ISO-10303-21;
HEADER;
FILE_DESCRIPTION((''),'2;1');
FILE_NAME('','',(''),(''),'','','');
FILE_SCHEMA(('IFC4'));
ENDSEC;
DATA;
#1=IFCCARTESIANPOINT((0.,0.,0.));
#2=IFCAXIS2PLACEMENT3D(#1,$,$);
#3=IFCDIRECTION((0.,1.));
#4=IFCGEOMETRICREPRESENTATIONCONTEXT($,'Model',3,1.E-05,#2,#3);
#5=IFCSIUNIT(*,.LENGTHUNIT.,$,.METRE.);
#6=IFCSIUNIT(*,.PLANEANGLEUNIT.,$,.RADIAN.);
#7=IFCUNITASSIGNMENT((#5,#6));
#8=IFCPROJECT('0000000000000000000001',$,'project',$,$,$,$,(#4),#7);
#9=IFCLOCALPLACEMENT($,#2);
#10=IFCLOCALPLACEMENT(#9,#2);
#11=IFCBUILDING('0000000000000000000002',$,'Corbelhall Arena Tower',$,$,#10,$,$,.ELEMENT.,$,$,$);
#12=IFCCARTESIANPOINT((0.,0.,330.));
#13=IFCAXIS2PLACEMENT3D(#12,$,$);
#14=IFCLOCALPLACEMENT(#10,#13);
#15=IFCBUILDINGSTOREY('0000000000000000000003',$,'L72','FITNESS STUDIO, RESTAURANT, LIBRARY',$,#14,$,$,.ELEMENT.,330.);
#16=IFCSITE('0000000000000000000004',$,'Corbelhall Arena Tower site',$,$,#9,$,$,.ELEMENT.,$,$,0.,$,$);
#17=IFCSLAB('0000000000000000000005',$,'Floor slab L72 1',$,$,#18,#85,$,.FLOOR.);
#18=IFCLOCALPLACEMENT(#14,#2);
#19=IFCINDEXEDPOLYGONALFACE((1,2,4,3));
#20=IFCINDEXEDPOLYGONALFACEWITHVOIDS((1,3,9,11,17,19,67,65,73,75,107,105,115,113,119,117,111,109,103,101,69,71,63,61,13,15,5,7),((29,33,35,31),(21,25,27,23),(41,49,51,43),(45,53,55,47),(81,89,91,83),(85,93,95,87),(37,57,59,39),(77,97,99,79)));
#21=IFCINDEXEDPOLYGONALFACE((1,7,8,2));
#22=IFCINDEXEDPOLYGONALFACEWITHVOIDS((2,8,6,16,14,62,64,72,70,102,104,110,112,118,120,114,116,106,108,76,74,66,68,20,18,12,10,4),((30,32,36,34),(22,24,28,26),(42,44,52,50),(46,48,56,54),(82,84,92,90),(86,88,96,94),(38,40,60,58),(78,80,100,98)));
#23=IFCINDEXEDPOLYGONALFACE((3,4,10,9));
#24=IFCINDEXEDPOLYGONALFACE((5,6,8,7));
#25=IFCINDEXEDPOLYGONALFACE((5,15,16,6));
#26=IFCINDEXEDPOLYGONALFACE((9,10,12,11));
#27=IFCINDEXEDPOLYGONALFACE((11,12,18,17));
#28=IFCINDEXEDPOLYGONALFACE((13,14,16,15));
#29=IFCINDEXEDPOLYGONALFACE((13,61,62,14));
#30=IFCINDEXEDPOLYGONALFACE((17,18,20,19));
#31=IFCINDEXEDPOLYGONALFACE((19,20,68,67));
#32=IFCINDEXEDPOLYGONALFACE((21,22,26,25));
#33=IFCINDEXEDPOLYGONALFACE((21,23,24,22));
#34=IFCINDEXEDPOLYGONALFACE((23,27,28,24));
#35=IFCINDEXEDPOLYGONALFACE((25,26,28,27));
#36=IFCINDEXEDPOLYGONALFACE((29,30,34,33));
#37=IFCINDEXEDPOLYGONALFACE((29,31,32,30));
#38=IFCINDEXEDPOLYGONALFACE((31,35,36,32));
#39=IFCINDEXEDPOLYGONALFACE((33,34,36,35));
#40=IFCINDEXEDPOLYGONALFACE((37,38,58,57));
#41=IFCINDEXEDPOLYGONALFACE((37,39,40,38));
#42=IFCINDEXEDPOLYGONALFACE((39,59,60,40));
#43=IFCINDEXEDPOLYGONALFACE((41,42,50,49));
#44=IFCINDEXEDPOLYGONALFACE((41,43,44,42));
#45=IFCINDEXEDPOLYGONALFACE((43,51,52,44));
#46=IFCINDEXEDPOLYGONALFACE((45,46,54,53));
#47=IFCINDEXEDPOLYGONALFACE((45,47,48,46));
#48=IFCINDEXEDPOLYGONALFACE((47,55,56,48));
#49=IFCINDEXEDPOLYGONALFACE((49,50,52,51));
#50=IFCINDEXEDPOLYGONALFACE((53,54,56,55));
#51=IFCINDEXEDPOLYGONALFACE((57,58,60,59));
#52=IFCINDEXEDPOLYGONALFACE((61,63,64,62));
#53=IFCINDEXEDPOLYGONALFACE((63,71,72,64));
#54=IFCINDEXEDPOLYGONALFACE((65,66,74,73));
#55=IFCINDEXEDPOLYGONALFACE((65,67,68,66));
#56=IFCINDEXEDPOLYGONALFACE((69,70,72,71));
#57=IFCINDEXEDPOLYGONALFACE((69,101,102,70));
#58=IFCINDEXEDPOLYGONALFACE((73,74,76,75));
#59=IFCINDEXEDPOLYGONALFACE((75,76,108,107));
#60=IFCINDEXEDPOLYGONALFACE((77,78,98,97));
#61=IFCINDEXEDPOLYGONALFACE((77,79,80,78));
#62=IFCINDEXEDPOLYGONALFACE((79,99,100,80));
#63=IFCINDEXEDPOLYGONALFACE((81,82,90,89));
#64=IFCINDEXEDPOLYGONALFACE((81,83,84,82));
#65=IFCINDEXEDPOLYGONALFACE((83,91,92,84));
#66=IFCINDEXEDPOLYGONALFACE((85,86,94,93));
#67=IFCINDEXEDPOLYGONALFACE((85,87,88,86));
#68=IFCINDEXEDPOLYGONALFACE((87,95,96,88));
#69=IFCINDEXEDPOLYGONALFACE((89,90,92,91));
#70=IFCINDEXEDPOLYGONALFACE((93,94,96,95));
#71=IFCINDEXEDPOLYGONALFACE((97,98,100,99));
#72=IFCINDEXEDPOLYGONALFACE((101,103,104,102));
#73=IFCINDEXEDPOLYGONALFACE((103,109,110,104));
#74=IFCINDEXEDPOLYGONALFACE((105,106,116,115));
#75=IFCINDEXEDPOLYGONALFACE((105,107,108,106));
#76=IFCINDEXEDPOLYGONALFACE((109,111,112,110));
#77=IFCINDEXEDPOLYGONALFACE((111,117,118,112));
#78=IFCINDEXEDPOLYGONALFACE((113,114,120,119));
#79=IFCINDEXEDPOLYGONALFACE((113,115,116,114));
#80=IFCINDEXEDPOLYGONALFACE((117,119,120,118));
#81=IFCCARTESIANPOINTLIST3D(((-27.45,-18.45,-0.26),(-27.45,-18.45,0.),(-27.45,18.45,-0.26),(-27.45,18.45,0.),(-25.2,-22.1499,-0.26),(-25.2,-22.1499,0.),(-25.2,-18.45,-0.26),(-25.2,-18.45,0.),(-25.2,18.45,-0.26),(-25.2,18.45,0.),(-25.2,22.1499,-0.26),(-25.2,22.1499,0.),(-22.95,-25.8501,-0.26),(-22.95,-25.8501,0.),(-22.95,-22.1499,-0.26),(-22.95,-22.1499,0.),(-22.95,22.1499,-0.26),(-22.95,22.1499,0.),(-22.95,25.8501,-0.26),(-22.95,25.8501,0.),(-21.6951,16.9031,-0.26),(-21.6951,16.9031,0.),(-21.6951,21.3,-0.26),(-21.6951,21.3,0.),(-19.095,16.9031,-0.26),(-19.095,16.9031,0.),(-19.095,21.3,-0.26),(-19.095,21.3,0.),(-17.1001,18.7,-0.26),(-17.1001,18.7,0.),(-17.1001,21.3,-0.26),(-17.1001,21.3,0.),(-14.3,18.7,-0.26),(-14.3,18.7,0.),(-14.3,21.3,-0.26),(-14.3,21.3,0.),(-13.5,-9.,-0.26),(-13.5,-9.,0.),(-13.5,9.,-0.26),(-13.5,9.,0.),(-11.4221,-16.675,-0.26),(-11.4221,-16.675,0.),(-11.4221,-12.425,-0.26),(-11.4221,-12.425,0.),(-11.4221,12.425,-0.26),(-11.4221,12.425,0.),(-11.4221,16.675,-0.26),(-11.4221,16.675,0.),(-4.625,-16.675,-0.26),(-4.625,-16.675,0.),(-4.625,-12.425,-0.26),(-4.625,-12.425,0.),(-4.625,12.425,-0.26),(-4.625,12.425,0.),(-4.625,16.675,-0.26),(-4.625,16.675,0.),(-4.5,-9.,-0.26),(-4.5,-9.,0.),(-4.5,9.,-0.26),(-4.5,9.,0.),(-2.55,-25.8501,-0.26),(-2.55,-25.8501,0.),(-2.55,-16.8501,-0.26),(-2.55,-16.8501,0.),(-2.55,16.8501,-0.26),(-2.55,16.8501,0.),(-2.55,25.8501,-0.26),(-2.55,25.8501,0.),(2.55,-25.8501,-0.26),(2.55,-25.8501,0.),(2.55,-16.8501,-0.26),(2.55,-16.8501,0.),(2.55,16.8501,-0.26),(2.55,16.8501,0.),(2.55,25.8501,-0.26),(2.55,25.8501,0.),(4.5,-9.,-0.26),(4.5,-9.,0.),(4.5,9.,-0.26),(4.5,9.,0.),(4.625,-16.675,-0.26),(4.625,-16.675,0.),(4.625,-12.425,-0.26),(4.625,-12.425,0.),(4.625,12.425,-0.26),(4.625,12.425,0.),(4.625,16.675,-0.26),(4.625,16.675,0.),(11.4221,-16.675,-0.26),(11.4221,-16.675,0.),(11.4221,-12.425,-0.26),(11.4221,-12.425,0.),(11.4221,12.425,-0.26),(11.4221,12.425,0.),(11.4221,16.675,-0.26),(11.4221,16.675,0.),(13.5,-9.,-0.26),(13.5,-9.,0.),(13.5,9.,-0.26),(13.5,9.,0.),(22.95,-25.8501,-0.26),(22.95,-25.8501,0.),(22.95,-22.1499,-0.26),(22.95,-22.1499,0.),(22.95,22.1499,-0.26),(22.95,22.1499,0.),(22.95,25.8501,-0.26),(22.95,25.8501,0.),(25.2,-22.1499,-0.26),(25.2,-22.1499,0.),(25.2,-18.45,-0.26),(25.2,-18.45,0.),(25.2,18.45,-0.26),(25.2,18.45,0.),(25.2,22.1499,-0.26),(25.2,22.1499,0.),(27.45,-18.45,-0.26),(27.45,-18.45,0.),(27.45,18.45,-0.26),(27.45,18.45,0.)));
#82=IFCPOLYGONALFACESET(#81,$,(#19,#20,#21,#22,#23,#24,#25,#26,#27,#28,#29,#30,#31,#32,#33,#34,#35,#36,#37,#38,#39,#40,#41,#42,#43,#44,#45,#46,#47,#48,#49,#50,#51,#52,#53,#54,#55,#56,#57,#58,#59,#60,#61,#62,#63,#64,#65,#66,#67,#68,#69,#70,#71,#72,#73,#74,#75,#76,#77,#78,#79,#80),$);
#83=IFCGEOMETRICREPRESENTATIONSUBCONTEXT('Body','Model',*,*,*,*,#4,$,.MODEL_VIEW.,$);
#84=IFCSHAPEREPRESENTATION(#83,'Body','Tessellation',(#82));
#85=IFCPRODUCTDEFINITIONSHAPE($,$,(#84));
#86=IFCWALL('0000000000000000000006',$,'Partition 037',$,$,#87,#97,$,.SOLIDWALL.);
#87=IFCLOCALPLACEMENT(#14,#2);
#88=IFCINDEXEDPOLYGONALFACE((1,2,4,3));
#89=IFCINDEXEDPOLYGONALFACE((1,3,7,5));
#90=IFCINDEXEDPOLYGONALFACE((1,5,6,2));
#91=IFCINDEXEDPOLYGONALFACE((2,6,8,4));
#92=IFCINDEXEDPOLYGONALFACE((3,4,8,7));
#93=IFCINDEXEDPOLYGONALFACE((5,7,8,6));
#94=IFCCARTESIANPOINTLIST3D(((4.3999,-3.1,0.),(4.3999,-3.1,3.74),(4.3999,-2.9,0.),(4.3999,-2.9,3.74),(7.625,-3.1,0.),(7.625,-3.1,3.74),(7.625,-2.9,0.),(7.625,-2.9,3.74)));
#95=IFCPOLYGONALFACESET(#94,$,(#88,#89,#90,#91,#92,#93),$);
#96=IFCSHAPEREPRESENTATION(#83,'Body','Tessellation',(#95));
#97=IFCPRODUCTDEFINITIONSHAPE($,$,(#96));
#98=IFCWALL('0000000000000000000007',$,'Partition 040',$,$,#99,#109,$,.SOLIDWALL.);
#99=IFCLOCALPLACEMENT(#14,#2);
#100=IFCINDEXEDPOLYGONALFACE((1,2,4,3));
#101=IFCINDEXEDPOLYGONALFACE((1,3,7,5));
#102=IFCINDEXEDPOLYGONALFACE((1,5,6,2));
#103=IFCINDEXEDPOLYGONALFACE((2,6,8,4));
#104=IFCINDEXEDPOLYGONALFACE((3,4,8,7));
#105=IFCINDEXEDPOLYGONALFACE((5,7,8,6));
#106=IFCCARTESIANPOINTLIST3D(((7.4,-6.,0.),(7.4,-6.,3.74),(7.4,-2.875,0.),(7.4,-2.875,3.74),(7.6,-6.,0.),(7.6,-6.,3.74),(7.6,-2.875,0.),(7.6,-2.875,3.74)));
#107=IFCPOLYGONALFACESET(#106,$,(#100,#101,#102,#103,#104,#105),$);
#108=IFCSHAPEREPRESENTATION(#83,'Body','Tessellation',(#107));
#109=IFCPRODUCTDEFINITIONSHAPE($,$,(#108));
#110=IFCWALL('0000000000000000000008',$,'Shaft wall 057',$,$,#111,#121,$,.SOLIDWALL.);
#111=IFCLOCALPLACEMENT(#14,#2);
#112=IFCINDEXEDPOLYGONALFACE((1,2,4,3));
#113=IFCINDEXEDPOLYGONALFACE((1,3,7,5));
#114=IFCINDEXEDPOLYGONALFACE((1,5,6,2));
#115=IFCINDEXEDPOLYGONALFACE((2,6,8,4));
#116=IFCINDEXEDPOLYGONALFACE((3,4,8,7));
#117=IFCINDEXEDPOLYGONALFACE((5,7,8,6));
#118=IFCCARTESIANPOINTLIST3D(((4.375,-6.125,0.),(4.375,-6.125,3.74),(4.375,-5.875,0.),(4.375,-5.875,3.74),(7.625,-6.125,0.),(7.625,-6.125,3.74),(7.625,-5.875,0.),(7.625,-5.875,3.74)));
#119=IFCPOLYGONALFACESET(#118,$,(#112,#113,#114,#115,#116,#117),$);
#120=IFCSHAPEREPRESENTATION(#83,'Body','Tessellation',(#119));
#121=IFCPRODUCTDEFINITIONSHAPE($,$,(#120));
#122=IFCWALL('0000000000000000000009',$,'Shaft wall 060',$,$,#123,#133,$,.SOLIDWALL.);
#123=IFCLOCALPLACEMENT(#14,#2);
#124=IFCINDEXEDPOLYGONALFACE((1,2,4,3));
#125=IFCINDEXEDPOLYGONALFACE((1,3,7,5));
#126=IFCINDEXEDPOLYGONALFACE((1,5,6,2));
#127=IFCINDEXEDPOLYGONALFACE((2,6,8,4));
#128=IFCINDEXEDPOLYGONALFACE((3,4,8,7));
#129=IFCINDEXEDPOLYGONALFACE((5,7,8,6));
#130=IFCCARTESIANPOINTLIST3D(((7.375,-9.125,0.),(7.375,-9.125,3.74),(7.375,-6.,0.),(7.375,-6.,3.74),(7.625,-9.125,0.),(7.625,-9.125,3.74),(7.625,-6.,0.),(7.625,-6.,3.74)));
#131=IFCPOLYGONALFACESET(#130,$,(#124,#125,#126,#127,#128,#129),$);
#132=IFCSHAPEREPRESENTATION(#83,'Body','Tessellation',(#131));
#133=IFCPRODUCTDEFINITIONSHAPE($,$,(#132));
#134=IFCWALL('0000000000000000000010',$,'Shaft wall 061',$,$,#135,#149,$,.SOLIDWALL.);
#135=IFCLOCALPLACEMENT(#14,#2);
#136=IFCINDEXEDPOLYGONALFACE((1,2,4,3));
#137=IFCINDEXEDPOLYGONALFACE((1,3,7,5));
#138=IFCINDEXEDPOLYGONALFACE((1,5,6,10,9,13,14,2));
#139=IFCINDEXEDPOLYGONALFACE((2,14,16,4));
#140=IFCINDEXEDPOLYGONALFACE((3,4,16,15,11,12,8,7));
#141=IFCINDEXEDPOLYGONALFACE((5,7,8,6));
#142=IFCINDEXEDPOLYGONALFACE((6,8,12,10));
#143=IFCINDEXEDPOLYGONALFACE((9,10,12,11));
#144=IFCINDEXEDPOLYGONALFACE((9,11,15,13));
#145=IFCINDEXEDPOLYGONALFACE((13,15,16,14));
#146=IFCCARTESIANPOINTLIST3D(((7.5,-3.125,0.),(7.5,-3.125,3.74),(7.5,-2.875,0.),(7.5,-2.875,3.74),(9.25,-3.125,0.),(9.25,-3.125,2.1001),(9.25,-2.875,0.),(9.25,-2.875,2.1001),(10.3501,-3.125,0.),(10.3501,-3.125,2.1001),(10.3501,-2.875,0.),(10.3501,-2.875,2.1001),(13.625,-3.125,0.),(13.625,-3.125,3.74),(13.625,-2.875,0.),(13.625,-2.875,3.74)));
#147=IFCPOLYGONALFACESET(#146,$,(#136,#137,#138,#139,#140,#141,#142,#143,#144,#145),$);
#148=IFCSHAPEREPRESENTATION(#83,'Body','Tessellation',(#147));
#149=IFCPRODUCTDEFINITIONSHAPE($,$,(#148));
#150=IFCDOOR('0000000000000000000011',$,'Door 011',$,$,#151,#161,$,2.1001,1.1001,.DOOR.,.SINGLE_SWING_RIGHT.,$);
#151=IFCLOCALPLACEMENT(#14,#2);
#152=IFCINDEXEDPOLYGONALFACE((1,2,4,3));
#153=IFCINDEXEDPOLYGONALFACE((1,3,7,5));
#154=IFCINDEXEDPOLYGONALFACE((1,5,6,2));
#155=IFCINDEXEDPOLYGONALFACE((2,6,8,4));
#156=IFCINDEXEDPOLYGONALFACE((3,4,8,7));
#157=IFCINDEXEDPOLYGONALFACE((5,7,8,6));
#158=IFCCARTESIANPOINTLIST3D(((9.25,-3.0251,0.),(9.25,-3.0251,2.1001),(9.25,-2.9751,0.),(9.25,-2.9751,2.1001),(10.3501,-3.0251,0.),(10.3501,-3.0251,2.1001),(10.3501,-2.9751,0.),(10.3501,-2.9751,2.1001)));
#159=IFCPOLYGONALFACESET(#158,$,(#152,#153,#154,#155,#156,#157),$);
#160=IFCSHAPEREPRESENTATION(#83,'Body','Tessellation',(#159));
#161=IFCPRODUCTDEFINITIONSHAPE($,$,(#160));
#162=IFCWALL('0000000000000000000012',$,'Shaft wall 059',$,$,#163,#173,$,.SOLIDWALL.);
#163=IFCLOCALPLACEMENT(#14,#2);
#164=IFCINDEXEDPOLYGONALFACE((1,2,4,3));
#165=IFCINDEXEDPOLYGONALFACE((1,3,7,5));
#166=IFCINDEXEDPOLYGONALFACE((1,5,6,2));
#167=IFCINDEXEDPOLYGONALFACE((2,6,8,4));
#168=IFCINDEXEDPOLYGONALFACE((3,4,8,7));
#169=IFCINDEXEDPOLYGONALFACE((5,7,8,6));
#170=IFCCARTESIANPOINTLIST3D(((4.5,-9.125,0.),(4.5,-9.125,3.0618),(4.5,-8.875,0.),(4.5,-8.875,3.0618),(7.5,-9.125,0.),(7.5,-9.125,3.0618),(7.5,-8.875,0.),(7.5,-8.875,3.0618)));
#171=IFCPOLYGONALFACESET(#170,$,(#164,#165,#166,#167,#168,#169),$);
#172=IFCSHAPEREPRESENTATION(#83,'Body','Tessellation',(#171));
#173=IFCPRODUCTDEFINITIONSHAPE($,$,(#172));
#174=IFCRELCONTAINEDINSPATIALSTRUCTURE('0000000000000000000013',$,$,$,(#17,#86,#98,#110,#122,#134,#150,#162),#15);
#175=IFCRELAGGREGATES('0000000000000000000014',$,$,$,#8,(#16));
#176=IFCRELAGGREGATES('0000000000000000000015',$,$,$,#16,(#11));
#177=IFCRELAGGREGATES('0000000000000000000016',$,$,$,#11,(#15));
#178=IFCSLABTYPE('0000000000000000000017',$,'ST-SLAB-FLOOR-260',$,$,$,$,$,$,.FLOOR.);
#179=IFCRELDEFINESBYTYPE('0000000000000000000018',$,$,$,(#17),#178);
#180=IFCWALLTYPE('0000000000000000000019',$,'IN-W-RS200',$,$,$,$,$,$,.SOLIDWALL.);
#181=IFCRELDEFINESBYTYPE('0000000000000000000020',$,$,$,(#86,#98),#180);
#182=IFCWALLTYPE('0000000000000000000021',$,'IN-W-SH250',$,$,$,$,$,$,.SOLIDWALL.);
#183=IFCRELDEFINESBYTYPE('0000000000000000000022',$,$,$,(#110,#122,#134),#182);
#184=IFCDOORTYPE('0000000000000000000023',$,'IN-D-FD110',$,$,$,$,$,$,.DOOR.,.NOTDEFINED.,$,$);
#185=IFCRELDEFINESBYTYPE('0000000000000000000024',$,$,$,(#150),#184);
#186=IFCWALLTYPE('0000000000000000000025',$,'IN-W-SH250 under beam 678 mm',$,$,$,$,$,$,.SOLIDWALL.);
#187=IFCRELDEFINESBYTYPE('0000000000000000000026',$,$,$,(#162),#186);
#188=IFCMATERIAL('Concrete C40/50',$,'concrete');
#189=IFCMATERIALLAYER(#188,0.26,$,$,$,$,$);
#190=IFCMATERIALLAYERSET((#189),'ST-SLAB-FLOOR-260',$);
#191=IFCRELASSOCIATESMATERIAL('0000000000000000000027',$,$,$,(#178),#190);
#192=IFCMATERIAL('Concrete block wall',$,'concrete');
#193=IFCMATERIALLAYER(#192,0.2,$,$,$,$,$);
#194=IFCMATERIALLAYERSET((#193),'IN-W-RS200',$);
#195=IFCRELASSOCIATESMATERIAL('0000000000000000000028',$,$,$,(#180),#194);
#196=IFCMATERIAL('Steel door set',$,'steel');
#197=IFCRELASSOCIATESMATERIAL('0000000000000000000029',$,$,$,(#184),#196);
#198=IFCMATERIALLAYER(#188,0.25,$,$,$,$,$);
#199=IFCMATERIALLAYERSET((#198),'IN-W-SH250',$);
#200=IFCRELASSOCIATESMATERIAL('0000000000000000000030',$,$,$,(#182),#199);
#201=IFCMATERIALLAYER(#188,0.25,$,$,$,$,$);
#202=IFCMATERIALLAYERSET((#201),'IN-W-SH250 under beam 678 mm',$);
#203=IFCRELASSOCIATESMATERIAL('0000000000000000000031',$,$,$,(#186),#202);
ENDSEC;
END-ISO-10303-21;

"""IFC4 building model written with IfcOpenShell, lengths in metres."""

from ifc_helpers import new_model, si_unit, direction, frame, frame_2d, origin, place, context, subcontext, project, spatial, polyline, rectangle, outline, extrude, material, layer, layer_set, type_object, element, fill, save


model = new_model("IFC4")

# Units and contexts
model_context = context("Model", 3, precision=1e-05, world=origin(), true_north=direction((0.0, 1.0)))
body_context = subcontext(model_context, "Body", "Model", "MODEL_VIEW")
ifc_project = project(units=[si_unit("LENGTHUNIT", "METRE"), si_unit("PLANEANGLEUNIT", "RADIAN")], contexts=[model_context])

# Site, building, storey
site_placement = place(None, origin())
site = spatial("IfcSite", under=ifc_project, at=site_placement, Name="Corbelhall Arena Tower site", CompositionType="ELEMENT", RefElevation=0.0)
building_placement = place(site_placement, origin())
building = spatial("IfcBuilding", under=site, at=building_placement, Name="Corbelhall Arena Tower", CompositionType="ELEMENT")
storey_placement = place(building_placement, frame((0.0, 0.0, 330.0)))
storey = spatial("IfcBuildingStorey", under=building, at=storey_placement, Name="L72", Description="FITNESS STUDIO, RESTAURANT, LIBRARY", CompositionType="ELEMENT", Elevation=330.0)

# Shared definitions
ifc_material_1 = material(Name="Concrete C40/50", Category="concrete")

# Slab
ifc_layer_1 = layer(ifc_material_1, 0.26)
ifc_layer_set_1 = layer_set([ifc_layer_1], Name="ST-SLAB-FLOOR-260")
slab_type_1 = type_object("IfcSlabType", Name="ST-SLAB-FLOOR-260", PredefinedType="FLOOR", material=ifc_layer_set_1)
slab_1_placement = place(storey_placement, frame((0.0, 0.0, -0.26)))
element("IfcSlab", 1, at=slab_1_placement, inside=storey, type_object=slab_type_1, Name="Floor slab L72 1", PredefinedType="FLOOR", context=body_context, shape_type="SweptSolid", body=[
    extrude(outline(polyline([(22.95, 25.8501), (2.55, 25.8501), (2.55, 16.8501), (-2.55, 16.8501), (-2.55, 25.8501), (-22.95, 25.8501), (-22.95, 22.1499), (-25.2, 22.1499), (-25.2, 18.45), (-27.45, 18.45), (-27.45, -18.45), (-25.2, -18.45), (-25.2, -22.1499), (-22.95, -22.1499), (-22.95, -25.8501), (-2.55, -25.8501), (-2.55, -16.8501), (2.55, -16.8501), (2.55, -25.8501), (22.95, -25.8501), (22.95, -22.1499), (25.2, -22.1499), (25.2, -18.45), (27.45, -18.45), (27.45, 18.45), (25.2, 18.45), (25.2, 22.1499), (22.95, 22.1499), (22.95, 25.8501)]), holes=[polyline([(-13.5, 9.0), (-13.5, -9.0), (-4.5, -9.0), (-4.5, 9.0), (-13.5, 9.0)]), polyline([(4.5, 9.0), (4.5, -9.0), (13.5, -9.0), (13.5, 9.0), (4.5, 9.0)]), polyline([(-4.625, 16.675), (-11.4221, 16.675), (-11.4221, 12.425), (-4.625, 12.425), (-4.625, 16.675)]), polyline([(-4.625, -16.675), (-4.625, -12.425), (-11.4221, -12.425), (-11.4221, -16.675), (-4.625, -16.675)]), polyline([(11.4221, 16.675), (4.625, 16.675), (4.625, 12.425), (11.4221, 12.425), (11.4221, 16.675)]), polyline([(11.4221, -16.675), (11.4221, -12.425), (4.625, -12.425), (4.625, -16.675), (11.4221, -16.675)]), polyline([(-21.6951, 21.3), (-21.6951, 16.9031), (-19.095, 16.9031), (-19.095, 21.3), (-21.6951, 21.3)]), polyline([(-14.3, 21.3), (-17.1001, 21.3), (-17.1001, 18.7), (-14.3, 18.7), (-14.3, 21.3)])]), origin(), (0.0, 0.0, 1.0), 0.26),
])

# Walls
ifc_material_2 = material(Name="Concrete block wall", Category="concrete")
ifc_layer_2 = layer(ifc_material_2, 0.2)
ifc_layer_set_2 = layer_set([ifc_layer_2], Name="IN-W-RS200")
wall_type_1 = type_object("IfcWallType", Name="IN-W-RS200", PredefinedType="SOLIDWALL", material=ifc_layer_set_2)
wall_1_placement = place(storey_placement, frame((4.3999, -3.0, 0.0), z_axis=(0.0, 0.0, 1.0), x_axis=(1.0, 0.0, 0.0)))
element("IfcWall", 2, at=wall_1_placement, inside=storey, type_object=wall_type_1, Name="Partition 037", PredefinedType="SOLIDWALL", context=body_context, shape_type="SweptSolid", body=[
    extrude(rectangle(XDim=3.2251, YDim=0.2, at=frame_2d((1.6125, 0.0))), origin(), (0.0, 0.0, 1.0), 3.74),
])
wall_2_placement = place(storey_placement, frame((7.5, -2.875, 0.0), z_axis=(0.0, 0.0, 1.0), x_axis=(0.0, -1.0, 0.0)))
element("IfcWall", 3, at=wall_2_placement, inside=storey, type_object=wall_type_1, Name="Partition 040", PredefinedType="SOLIDWALL", context=body_context, shape_type="SweptSolid", body=[
    extrude(rectangle(XDim=3.125, YDim=0.2, at=frame_2d((1.5625, 0.0))), origin(), (0.0, 0.0, 1.0), 3.74),
])

# Shared definitions
ifc_material_3 = material(Name="Steel door set", Category="steel")
door_type_1 = type_object("IfcDoorType", Name="IN-D-FD110", OperationType="NOTDEFINED", PredefinedType="DOOR", material=ifc_material_3)

# Walls
ifc_layer_3 = layer(ifc_material_1, 0.25)
ifc_layer_set_3 = layer_set([ifc_layer_3], Name="IN-W-SH250")
wall_type_2 = type_object("IfcWallType", Name="IN-W-SH250", PredefinedType="SOLIDWALL", material=ifc_layer_set_3)
wall_3_placement = place(storey_placement, frame((4.375, -6.0, 0.0), z_axis=(0.0, 0.0, 1.0), x_axis=(1.0, 0.0, 0.0)))
element("IfcWall", 4, at=wall_3_placement, inside=storey, type_object=wall_type_2, Name="Shaft wall 057", PredefinedType="SOLIDWALL", context=body_context, shape_type="SweptSolid", body=[
    extrude(rectangle(XDim=3.25, YDim=0.25, at=frame_2d((1.625, 0.0))), origin(), (0.0, 0.0, 1.0), 3.74),
])
wall_4_placement = place(storey_placement, frame((7.5, -6.0, 0.0), z_axis=(0.0, 0.0, 1.0), x_axis=(0.0, -1.0, 0.0)))
element("IfcWall", 5, at=wall_4_placement, inside=storey, type_object=wall_type_2, Name="Shaft wall 060", PredefinedType="SOLIDWALL", context=body_context, shape_type="SweptSolid", body=[
    extrude(rectangle(XDim=3.125, YDim=0.25, at=frame_2d((1.5625, 0.0))), origin(), (0.0, 0.0, 1.0), 3.74),
])

# Wall, opening, door
wall_5_placement = place(storey_placement, frame((7.5, -3.0, 0.0), z_axis=(0.0, 0.0, 1.0), x_axis=(1.0, 0.0, 0.0)))
wall_5 = element("IfcWall", 6, at=wall_5_placement, inside=storey, type_object=wall_type_2, Name="Shaft wall 061", PredefinedType="SOLIDWALL", context=body_context, shape_type="SweptSolid", body=[
    extrude(rectangle(XDim=6.125, YDim=0.25, at=frame_2d((3.0625, 0.0))), origin(), (0.0, 0.0, 1.0), 3.74),
])
opening_1_placement = place(wall_5_placement, frame((1.75, 0.0, 0.0)))
opening_1 = element("IfcOpeningElement", 7, at=opening_1_placement, cuts=wall_5, PredefinedType="OPENING", context=body_context, shape_type="SweptSolid", body=[
    extrude(rectangle(XDim=1.1001, YDim=2.1001, at=frame_2d((0.55, 1.05))), frame((0.0, 0.125, 0.0), z_axis=(0.0, -1.0, 0.0), x_axis=(1.0, 0.0, 0.0)), (0.0, 0.0, 1.0), 0.25),
])
door_1_placement = place(opening_1_placement, origin())
door_1 = element("IfcDoor", 8, at=door_1_placement, inside=storey, type_object=door_type_1, Name="Door 011", OperationType="SINGLE_SWING_RIGHT", OverallHeight=2.1001, OverallWidth=1.1001, PredefinedType="DOOR", context=body_context, shape_type="SweptSolid", body=[
    extrude(rectangle(XDim=1.1001, YDim=2.1001, at=frame_2d((0.55, 1.05))), frame((0.0, 0.0249, 0.0), z_axis=(0.0, -1.0, 0.0), x_axis=(1.0, 0.0, 0.0)), (0.0, 0.0, 1.0), 0.05),
])
fill(opening_1, door_1)

# Wall
ifc_layer_4 = layer(ifc_material_1, 0.25)
ifc_layer_set_4 = layer_set([ifc_layer_4], Name="IN-W-SH250 under beam 678 mm")
wall_type_3 = type_object("IfcWallType", Name="IN-W-SH250 under beam 678 mm", PredefinedType="SOLIDWALL", material=ifc_layer_set_4)
wall_6_placement = place(storey_placement, frame((7.5, -9.0, 0.0), z_axis=(0.0, 0.0, 1.0), x_axis=(-1.0, 0.0, 0.0)))
element("IfcWall", 9, at=wall_6_placement, inside=storey, type_object=wall_type_3, Name="Shaft wall 059", PredefinedType="SOLIDWALL", context=body_context, shape_type="SweptSolid", body=[
    extrude(rectangle(XDim=3.0, YDim=0.25, at=frame_2d((1.5, 0.0))), origin(), (0.0, 0.0, 1.0), 3.0618),
])

save(model, "model.ifc")
